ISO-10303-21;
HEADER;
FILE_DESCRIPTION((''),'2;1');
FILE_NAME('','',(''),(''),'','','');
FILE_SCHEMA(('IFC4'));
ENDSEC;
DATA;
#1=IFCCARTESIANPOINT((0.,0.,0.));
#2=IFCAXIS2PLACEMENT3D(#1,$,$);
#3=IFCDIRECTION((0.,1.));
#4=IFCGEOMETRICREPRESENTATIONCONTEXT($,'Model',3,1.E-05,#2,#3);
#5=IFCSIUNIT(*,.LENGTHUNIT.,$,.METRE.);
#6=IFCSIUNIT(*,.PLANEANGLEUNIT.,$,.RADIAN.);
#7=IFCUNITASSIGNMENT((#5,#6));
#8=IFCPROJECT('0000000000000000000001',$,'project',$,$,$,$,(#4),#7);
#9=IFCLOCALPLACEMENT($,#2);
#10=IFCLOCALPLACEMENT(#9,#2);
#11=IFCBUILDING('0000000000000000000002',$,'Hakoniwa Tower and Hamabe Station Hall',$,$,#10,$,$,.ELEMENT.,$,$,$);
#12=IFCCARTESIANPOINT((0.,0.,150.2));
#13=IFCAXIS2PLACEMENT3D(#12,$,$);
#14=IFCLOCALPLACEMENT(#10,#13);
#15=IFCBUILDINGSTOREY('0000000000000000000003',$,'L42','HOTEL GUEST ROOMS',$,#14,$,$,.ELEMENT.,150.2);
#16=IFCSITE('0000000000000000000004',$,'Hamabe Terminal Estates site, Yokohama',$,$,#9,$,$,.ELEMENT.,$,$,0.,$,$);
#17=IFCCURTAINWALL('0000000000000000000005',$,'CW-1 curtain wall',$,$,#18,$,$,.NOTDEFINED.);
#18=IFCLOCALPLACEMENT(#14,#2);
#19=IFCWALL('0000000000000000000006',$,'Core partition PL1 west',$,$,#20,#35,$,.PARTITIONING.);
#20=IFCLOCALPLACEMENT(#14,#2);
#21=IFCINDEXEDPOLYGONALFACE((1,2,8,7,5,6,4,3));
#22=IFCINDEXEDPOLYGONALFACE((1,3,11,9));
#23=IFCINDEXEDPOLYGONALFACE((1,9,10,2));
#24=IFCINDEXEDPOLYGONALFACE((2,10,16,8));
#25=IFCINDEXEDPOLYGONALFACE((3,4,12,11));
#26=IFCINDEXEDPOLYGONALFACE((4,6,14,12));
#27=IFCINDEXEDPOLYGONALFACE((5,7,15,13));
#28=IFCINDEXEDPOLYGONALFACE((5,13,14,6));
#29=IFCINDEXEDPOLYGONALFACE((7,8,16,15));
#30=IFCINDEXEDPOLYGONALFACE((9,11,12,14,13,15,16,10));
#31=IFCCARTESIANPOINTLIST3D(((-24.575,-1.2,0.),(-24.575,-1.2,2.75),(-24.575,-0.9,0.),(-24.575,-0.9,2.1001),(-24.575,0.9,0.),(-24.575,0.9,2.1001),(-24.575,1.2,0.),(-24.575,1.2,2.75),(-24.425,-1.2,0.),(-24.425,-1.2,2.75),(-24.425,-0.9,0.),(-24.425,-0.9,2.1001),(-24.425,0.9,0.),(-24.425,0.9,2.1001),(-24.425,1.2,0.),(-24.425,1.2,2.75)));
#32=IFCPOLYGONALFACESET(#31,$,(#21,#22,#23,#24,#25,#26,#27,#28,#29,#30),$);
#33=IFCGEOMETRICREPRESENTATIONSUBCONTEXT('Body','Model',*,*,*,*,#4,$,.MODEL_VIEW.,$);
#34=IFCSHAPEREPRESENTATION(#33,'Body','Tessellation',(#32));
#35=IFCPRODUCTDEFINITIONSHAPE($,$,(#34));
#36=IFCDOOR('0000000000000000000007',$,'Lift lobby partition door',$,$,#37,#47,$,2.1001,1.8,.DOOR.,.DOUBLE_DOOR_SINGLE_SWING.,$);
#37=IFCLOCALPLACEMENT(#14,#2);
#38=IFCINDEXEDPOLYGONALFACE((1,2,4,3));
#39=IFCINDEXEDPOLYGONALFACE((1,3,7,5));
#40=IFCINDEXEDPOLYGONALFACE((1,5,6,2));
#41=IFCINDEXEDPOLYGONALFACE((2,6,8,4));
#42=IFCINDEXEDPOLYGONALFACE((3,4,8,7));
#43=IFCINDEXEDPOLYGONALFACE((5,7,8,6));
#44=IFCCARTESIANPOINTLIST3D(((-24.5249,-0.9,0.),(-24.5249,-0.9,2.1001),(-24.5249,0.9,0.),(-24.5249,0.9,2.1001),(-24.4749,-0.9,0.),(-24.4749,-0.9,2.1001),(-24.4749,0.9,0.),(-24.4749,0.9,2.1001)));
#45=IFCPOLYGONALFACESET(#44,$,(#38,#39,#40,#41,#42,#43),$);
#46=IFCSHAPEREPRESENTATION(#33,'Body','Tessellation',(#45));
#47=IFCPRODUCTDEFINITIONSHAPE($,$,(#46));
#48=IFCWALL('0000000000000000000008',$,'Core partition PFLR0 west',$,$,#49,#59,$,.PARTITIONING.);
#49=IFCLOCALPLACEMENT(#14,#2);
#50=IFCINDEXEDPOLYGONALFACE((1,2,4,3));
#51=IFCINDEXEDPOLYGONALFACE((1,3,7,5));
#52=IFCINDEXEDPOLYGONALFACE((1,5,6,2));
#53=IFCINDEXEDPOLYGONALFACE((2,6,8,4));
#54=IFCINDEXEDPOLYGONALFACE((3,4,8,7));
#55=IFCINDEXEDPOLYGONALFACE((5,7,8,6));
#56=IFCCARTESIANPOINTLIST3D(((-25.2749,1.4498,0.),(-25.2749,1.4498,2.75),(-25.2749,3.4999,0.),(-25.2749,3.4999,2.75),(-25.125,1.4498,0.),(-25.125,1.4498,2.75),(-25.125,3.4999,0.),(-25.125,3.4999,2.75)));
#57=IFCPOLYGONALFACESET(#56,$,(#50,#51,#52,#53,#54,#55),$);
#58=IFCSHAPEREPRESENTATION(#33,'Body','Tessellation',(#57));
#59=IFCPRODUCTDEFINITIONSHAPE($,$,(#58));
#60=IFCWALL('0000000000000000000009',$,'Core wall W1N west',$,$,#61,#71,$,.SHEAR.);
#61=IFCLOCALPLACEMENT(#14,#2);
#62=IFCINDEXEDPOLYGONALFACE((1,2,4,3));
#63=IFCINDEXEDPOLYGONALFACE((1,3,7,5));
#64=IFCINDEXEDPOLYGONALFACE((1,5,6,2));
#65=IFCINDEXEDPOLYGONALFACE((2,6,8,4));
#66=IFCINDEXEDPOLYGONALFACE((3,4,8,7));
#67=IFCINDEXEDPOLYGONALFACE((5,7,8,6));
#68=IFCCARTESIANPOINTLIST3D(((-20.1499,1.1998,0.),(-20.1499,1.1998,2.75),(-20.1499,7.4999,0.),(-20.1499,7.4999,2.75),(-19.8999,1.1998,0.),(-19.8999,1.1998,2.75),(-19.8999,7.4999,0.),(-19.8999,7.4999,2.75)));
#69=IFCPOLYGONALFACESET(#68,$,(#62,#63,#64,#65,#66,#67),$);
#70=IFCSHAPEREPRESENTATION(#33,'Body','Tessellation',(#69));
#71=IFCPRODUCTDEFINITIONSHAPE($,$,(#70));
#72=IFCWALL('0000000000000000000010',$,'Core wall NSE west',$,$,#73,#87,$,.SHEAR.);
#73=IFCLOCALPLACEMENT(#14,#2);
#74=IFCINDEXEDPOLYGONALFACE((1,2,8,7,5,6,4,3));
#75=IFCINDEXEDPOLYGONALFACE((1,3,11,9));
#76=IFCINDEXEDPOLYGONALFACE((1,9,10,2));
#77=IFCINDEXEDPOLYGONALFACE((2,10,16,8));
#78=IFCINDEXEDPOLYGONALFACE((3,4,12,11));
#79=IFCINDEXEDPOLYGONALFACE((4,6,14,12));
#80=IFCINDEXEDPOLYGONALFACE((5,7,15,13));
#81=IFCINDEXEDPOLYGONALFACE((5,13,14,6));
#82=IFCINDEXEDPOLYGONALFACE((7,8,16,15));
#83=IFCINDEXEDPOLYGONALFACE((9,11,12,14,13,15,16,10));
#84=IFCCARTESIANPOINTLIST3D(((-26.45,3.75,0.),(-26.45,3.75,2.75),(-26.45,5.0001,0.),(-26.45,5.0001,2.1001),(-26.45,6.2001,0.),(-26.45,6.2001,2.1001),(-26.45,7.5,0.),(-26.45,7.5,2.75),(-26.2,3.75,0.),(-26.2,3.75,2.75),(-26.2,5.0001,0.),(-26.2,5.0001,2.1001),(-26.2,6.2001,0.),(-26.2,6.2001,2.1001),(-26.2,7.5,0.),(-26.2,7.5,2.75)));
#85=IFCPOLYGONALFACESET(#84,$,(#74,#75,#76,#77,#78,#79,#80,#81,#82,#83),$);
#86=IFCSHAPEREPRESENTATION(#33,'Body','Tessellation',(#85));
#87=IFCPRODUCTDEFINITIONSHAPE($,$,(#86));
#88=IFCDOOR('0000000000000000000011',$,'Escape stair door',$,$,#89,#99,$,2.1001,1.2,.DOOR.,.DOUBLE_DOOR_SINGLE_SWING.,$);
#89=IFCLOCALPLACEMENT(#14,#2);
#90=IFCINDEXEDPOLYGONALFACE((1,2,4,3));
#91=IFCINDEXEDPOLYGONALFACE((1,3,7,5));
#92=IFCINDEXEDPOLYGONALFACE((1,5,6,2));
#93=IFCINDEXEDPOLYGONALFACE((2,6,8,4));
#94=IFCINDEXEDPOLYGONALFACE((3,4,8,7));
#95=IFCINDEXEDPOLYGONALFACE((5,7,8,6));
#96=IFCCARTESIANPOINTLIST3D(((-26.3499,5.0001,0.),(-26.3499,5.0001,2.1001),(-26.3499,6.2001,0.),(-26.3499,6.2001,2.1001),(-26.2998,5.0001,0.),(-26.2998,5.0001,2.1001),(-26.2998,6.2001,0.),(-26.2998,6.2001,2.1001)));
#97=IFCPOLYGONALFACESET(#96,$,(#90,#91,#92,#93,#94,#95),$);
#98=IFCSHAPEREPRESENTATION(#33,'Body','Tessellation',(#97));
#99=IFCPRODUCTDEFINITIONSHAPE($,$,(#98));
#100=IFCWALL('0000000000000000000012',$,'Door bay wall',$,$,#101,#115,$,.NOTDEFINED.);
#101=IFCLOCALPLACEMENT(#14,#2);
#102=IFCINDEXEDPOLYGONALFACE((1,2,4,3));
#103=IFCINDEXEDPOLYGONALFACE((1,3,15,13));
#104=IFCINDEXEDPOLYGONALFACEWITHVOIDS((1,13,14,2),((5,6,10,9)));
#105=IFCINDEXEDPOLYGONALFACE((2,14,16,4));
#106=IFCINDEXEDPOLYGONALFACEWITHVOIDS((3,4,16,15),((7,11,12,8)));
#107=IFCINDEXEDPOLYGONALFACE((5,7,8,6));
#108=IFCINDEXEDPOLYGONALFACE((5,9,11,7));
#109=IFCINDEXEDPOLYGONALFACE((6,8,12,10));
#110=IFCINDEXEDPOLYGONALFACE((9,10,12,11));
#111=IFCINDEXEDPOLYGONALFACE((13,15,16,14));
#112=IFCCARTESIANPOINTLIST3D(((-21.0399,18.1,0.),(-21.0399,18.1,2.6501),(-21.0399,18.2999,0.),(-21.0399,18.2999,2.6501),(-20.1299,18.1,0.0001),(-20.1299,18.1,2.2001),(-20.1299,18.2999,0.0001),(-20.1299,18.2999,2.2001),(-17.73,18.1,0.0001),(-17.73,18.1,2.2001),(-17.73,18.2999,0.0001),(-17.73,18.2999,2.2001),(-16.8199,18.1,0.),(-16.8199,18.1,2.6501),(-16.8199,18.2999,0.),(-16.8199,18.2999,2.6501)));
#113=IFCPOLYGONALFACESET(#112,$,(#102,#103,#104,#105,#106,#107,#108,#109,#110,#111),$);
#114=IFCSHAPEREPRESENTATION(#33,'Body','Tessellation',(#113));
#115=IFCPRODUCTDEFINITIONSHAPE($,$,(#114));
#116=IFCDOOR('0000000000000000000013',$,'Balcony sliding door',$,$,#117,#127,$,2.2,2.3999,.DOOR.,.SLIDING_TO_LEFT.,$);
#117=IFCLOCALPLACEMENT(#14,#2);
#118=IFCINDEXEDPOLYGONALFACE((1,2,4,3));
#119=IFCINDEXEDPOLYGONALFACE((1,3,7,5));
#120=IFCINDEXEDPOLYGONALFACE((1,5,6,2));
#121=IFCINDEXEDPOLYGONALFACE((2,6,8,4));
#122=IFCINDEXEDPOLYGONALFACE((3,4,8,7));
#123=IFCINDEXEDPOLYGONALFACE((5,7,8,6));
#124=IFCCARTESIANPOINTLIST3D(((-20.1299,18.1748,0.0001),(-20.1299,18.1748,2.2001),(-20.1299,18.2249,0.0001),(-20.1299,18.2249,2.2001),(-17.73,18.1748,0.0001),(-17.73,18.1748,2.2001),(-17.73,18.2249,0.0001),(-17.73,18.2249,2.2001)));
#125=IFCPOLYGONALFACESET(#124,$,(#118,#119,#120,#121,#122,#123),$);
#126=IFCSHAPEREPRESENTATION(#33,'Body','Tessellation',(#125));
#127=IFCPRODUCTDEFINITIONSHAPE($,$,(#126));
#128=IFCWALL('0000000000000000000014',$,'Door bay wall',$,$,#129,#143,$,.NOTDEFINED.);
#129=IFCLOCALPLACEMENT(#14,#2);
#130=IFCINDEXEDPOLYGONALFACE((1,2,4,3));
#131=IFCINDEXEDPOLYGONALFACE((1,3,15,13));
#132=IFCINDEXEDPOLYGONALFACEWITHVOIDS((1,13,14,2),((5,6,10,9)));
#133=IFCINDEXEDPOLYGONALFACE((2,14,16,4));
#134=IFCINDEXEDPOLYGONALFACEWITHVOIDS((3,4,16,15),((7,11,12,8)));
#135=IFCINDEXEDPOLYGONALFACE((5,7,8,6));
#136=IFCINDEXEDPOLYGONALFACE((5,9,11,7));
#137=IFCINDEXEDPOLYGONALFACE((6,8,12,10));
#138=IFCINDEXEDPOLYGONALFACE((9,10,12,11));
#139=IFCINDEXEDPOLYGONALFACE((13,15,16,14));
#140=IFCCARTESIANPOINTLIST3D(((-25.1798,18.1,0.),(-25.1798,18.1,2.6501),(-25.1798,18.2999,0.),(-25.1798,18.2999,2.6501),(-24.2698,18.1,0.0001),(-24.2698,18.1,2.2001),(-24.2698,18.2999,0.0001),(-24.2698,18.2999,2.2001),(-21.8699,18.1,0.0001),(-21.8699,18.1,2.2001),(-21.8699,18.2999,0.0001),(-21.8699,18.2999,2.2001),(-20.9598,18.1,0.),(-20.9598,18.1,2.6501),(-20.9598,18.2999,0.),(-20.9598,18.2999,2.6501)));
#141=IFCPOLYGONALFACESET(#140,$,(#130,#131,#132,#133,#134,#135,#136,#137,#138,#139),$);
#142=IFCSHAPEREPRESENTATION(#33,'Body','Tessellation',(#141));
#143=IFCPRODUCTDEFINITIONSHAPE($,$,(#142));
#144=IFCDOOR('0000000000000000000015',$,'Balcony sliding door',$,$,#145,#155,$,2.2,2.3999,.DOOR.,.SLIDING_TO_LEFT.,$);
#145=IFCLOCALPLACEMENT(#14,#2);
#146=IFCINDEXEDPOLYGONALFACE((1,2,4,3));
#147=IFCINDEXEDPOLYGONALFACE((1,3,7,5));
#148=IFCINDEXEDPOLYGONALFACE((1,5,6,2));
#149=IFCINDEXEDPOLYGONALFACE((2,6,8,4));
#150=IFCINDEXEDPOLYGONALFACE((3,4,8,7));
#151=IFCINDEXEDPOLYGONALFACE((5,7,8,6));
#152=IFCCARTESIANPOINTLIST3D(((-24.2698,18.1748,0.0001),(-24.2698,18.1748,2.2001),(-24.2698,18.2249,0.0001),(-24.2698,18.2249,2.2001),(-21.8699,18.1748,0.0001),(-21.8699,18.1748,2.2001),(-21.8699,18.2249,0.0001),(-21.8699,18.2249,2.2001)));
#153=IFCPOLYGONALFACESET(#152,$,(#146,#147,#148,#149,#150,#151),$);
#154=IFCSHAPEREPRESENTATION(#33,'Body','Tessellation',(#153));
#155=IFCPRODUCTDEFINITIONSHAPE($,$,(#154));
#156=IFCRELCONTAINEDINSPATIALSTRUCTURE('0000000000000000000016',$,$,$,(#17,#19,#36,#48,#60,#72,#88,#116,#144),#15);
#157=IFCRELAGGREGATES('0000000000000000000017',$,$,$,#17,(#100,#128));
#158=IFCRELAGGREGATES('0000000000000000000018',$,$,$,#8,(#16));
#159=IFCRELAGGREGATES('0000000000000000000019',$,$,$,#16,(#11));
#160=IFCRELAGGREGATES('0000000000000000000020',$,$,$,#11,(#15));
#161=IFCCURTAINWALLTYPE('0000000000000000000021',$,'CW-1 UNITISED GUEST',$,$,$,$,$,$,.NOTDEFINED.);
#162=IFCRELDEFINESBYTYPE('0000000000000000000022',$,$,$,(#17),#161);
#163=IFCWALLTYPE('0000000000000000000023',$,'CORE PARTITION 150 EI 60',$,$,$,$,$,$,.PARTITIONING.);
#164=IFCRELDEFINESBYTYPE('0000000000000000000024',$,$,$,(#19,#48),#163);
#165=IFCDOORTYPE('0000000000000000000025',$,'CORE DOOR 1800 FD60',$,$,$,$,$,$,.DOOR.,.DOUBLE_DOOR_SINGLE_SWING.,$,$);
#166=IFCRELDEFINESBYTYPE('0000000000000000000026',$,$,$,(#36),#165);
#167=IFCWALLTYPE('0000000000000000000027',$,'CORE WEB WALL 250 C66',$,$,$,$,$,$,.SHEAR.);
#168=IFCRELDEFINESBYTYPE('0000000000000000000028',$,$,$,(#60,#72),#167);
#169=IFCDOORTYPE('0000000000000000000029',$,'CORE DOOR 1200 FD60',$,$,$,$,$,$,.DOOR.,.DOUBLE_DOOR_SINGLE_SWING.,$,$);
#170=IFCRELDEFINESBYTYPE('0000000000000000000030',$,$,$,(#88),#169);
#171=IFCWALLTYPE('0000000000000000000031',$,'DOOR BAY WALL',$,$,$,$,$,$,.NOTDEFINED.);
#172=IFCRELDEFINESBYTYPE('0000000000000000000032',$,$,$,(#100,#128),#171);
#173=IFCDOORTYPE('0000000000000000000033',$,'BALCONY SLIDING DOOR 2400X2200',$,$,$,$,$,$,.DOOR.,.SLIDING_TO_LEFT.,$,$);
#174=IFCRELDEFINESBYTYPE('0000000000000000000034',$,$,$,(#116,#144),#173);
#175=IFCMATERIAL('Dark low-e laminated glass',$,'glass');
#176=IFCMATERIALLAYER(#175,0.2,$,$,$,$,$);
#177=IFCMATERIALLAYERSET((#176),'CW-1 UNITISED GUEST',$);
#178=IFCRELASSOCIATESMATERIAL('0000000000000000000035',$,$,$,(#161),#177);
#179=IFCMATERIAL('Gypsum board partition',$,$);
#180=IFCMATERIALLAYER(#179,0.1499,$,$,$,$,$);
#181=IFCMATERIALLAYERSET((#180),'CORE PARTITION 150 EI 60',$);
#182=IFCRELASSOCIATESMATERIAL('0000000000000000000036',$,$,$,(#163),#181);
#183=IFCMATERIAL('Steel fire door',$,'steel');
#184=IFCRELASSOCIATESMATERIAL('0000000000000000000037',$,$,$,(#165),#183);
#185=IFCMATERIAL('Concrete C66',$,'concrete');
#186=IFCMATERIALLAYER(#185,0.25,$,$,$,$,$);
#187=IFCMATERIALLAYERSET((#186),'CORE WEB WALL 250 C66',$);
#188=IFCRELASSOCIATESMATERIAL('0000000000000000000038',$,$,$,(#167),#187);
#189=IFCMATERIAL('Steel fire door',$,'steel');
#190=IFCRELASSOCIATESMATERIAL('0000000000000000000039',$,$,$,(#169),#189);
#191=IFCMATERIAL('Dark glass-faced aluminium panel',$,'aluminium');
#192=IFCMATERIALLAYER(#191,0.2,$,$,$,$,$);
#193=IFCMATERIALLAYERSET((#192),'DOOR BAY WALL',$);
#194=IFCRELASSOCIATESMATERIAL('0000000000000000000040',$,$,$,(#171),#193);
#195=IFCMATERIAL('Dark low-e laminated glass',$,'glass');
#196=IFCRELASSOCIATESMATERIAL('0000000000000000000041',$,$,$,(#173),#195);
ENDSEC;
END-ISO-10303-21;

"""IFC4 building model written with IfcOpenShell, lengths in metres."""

from ifc_helpers import new_model, si_unit, direction, frame, frame_2d, origin, place, context, subcontext, project, spatial, rectangle, extrude, material, layer, layer_set, type_object, element, fill, aggregate, save


model = new_model("IFC4")

# Units and contexts
model_context = context("Model", 3, precision=1e-05, world=origin(), true_north=direction((0.0, 1.0)))
body_context = subcontext(model_context, "Body", "Model", "MODEL_VIEW")
ifc_project = project(units=[si_unit("LENGTHUNIT", "METRE"), si_unit("PLANEANGLEUNIT", "RADIAN")], contexts=[model_context])

# Site, building, storey
site_placement = place(None, origin())
site = spatial("IfcSite", under=ifc_project, at=site_placement, Name="Hamabe Terminal Estates site, Yokohama", CompositionType="ELEMENT", RefElevation=0.0)
building_placement = place(site_placement, origin())
building = spatial("IfcBuilding", under=site, at=building_placement, Name="Hakoniwa Tower and Hamabe Station Hall", CompositionType="ELEMENT")
storey_placement = place(building_placement, frame((0.0, 0.0, 150.2)))
storey = spatial("IfcBuildingStorey", under=building, at=storey_placement, Name="L42", Description="HOTEL GUEST ROOMS", CompositionType="ELEMENT", Elevation=150.2)

# Curtain wall
ifc_material_1 = material(Name="Dark low-e laminated glass", Category="glass")
ifc_layer_1 = layer(ifc_material_1, 0.2)
ifc_layer_set_1 = layer_set([ifc_layer_1], Name="CW-1 UNITISED GUEST")
curtain_wall_type = type_object("IfcCurtainWallType", Name="CW-1 UNITISED GUEST", PredefinedType="NOTDEFINED", material=ifc_layer_set_1)
curtain_wall_placement = place(storey_placement, origin())
curtain_wall = element("IfcCurtainWall", 1, at=curtain_wall_placement, inside=storey, type_object=curtain_wall_type, Name="CW-1 curtain wall", PredefinedType="NOTDEFINED")

# Wall, opening, door
ifc_material_2 = material(Name="Gypsum board partition")
ifc_layer_2 = layer(ifc_material_2, 0.1499)
ifc_layer_set_2 = layer_set([ifc_layer_2], Name="CORE PARTITION 150 EI 60")
wall_type_1 = type_object("IfcWallType", Name="CORE PARTITION 150 EI 60", PredefinedType="PARTITIONING", material=ifc_layer_set_2)
ifc_material_3 = material(Name="Steel fire door", Category="steel")
door_type_1 = type_object("IfcDoorType", Name="CORE DOOR 1800 FD60", OperationType="DOUBLE_DOOR_SINGLE_SWING", PredefinedType="DOOR", material=ifc_material_3)
wall_1_placement = place(storey_placement, frame((-24.5, -1.2, 0.0), z_axis=(0.0, 0.0, 1.0), x_axis=(0.0, 1.0, 0.0)))
wall_1 = element("IfcWall", 2, at=wall_1_placement, inside=storey, type_object=wall_type_1, Name="Core partition PL1 west", PredefinedType="PARTITIONING", context=body_context, shape_type="SweptSolid", body=[
    extrude(rectangle(XDim=2.3999, YDim=0.1499, at=frame_2d((1.2, 0.0))), origin(), (0.0, 0.0, 1.0), 2.75),
])
opening_1_placement = place(wall_1_placement, frame((0.3, 0.0, 0.0)))
opening_1 = element("IfcOpeningElement", 3, at=opening_1_placement, cuts=wall_1, PredefinedType="OPENING", context=body_context, shape_type="SweptSolid", body=[
    extrude(rectangle(XDim=1.8, YDim=2.1001, at=frame_2d((0.8999, 1.05))), frame((0.0, 0.085, 0.0), z_axis=(0.0, -1.0, 0.0), x_axis=(1.0, 0.0, 0.0)), (0.0, 0.0, 1.0), 0.1699),
])
door_1_placement = place(opening_1_placement, origin())
door_1 = element("IfcDoor", 4, at=door_1_placement, inside=storey, type_object=door_type_1, Name="Lift lobby partition door", OperationType="DOUBLE_DOOR_SINGLE_SWING", OverallHeight=2.1001, OverallWidth=1.8, PredefinedType="DOOR", context=body_context, shape_type="SweptSolid", body=[
    extrude(rectangle(XDim=1.8, YDim=2.1001, at=frame_2d((0.8999, 1.05))), frame((0.0, 0.0249, 0.0), z_axis=(0.0, -1.0, 0.0), x_axis=(1.0, 0.0, 0.0)), (0.0, 0.0, 1.0), 0.05),
])
fill(opening_1, door_1)

# Walls
wall_2_placement = place(storey_placement, frame((-25.2, 1.45, 0.0), z_axis=(0.0, 0.0, 1.0), x_axis=(0.0, 1.0, 0.0)))
element("IfcWall", 5, at=wall_2_placement, inside=storey, type_object=wall_type_1, Name="Core partition PFLR0 west", PredefinedType="PARTITIONING", context=body_context, shape_type="SweptSolid", body=[
    extrude(rectangle(XDim=2.05, YDim=0.1499, at=frame_2d((1.0249, 0.0))), origin(), (0.0, 0.0, 1.0), 2.75),
])
ifc_material_4 = material(Name="Concrete C66", Category="concrete")
ifc_layer_3 = layer(ifc_material_4, 0.25)
ifc_layer_set_3 = layer_set([ifc_layer_3], Name="CORE WEB WALL 250 C66")
wall_type_2 = type_object("IfcWallType", Name="CORE WEB WALL 250 C66", PredefinedType="SHEAR", material=ifc_layer_set_3)
wall_3_placement = place(storey_placement, frame((-20.0249, 1.2, 0.0), z_axis=(0.0, 0.0, 1.0), x_axis=(0.0, 1.0, 0.0)))
element("IfcWall", 6, at=wall_3_placement, inside=storey, type_object=wall_type_2, Name="Core wall W1N west", PredefinedType="SHEAR", context=body_context, shape_type="SweptSolid", body=[
    extrude(rectangle(XDim=6.3, YDim=0.25, at=frame_2d((3.1499, 0.0))), origin(), (0.0, 0.0, 1.0), 2.75),
])

# Walls, openings, doors
wall_4_placement = place(storey_placement, frame((-26.325, 3.75, 0.0), z_axis=(0.0, 0.0, 1.0), x_axis=(0.0, 1.0, 0.0)))
wall_4 = element("IfcWall", 7, at=wall_4_placement, inside=storey, type_object=wall_type_2, Name="Core wall NSE west", PredefinedType="SHEAR", context=body_context, shape_type="SweptSolid", body=[
    extrude(rectangle(XDim=3.75, YDim=0.25, at=frame_2d((1.875, 0.0))), origin(), (0.0, 0.0, 1.0), 2.75),
])
opening_2_placement = place(wall_4_placement, frame((1.25, 0.0, 0.0)))
opening_2 = element("IfcOpeningElement", 8, at=opening_2_placement, cuts=wall_4, PredefinedType="OPENING", context=body_context, shape_type="SweptSolid", body=[
    extrude(rectangle(XDim=1.2, YDim=2.1001, at=frame_2d((0.6001, 1.05))), frame((0.0, 0.135, 0.0), z_axis=(0.0, -1.0, 0.0), x_axis=(1.0, 0.0, 0.0)), (0.0, 0.0, 1.0), 0.27),
])
ifc_material_5 = material(Name="Steel fire door", Category="steel")
door_type_2 = type_object("IfcDoorType", Name="CORE DOOR 1200 FD60", OperationType="DOUBLE_DOOR_SINGLE_SWING", PredefinedType="DOOR", material=ifc_material_5)
door_2_placement = place(opening_2_placement, origin())
door_2 = element("IfcDoor", 9, at=door_2_placement, inside=storey, type_object=door_type_2, Name="Escape stair door", OperationType="DOUBLE_DOOR_SINGLE_SWING", OverallHeight=2.1001, OverallWidth=1.2, PredefinedType="DOOR", context=body_context, shape_type="SweptSolid", body=[
    extrude(rectangle(XDim=1.2, YDim=2.1001, at=frame_2d((0.6001, 1.05))), frame((0.0, 0.0249, 0.0), z_axis=(0.0, -1.0, 0.0), x_axis=(1.0, 0.0, 0.0)), (0.0, 0.0, 1.0), 0.05),
])
fill(opening_2, door_2)
ifc_material_6 = material(Name="Dark glass-faced aluminium panel", Category="aluminium")
ifc_layer_4 = layer(ifc_material_6, 0.2)
ifc_layer_set_4 = layer_set([ifc_layer_4], Name="DOOR BAY WALL")
wall_type_3 = type_object("IfcWallType", Name="DOOR BAY WALL", PredefinedType="NOTDEFINED", material=ifc_layer_set_4)
wall_5_placement = place(storey_placement, frame((-16.8201, 18.2, 0.0), z_axis=(0.0, 0.0, 1.0), x_axis=(-1.0, 0.0, 0.0)))
wall_5 = element("IfcWall", 10, at=wall_5_placement, type_object=wall_type_3, Name="Door bay wall", PredefinedType="NOTDEFINED", context=body_context, shape_type="SweptSolid", body=[
    extrude(rectangle(XDim=4.22, YDim=0.2, at=frame_2d((2.1099, 0.0))), origin(), (0.0, 0.0, 1.0), 2.6501),
])
opening_3_placement = place(wall_5_placement, frame((0.9099, 0.0, 0.0)))
opening_3 = element("IfcOpeningElement", 11, at=opening_3_placement, cuts=wall_5, PredefinedType="OPENING", context=body_context, shape_type="SweptSolid", body=[
    extrude(rectangle(XDim=2.3999, YDim=2.2, at=frame_2d((1.2, 1.1001))), frame((0.0, 0.1099, 0.0), z_axis=(0.0, -1.0, 0.0), x_axis=(1.0, 0.0, 0.0)), (0.0, 0.0, 1.0), 0.22),
])
ifc_material_7 = material(Name="Dark low-e laminated glass", Category="glass")
door_type_3 = type_object("IfcDoorType", Name="BALCONY SLIDING DOOR 2400X2200", OperationType="SLIDING_TO_LEFT", PredefinedType="DOOR", material=ifc_material_7)
door_3_placement = place(opening_3_placement, frame((2.3999, 0.0, 0.0), z_axis=(0.0, 0.0, 1.0), x_axis=(-1.0, 0.0, 0.0)))
door_3 = element("IfcDoor", 12, at=door_3_placement, inside=storey, type_object=door_type_3, Name="Balcony sliding door", OperationType="SLIDING_TO_LEFT", OverallHeight=2.2, OverallWidth=2.3999, PredefinedType="DOOR", context=body_context, shape_type="SweptSolid", body=[
    extrude(rectangle(XDim=2.3999, YDim=2.2, at=frame_2d((1.2, 1.1001))), frame((0.0, 0.0249, 0.0), z_axis=(0.0, -1.0, 0.0), x_axis=(1.0, 0.0, 0.0)), (0.0, 0.0, 1.0), 0.05),
])
fill(opening_3, door_3)
wall_6_placement = place(storey_placement, frame((-20.96, 18.2, 0.0), z_axis=(0.0, 0.0, 1.0), x_axis=(-1.0, 0.0, 0.0)))
wall_6 = element("IfcWall", 13, at=wall_6_placement, type_object=wall_type_3, Name="Door bay wall", PredefinedType="NOTDEFINED", context=body_context, shape_type="SweptSolid", body=[
    extrude(rectangle(XDim=4.22, YDim=0.2, at=frame_2d((2.1099, 0.0))), origin(), (0.0, 0.0, 1.0), 2.6501),
])
opening_4_placement = place(wall_6_placement, frame((0.9099, 0.0, 0.0)))
opening_4 = element("IfcOpeningElement", 14, at=opening_4_placement, cuts=wall_6, PredefinedType="OPENING", context=body_context, shape_type="SweptSolid", body=[
    extrude(rectangle(XDim=2.3999, YDim=2.2, at=frame_2d((1.2, 1.1001))), frame((0.0, 0.1099, 0.0), z_axis=(0.0, -1.0, 0.0), x_axis=(1.0, 0.0, 0.0)), (0.0, 0.0, 1.0), 0.22),
])
door_4_placement = place(opening_4_placement, frame((2.3999, 0.0, 0.0), z_axis=(0.0, 0.0, 1.0), x_axis=(-1.0, 0.0, 0.0)))
door_4 = element("IfcDoor", 15, at=door_4_placement, inside=storey, type_object=door_type_3, Name="Balcony sliding door", OperationType="SLIDING_TO_LEFT", OverallHeight=2.2, OverallWidth=2.3999, PredefinedType="DOOR", context=body_context, shape_type="SweptSolid", body=[
    extrude(rectangle(XDim=2.3999, YDim=2.2, at=frame_2d((1.2, 1.1001))), frame((0.0, 0.0249, 0.0), z_axis=(0.0, -1.0, 0.0), x_axis=(1.0, 0.0, 0.0)), (0.0, 0.0, 1.0), 0.05),
])
fill(opening_4, door_4)
aggregate(curtain_wall, [wall_5, wall_6])

save(model, "model.ifc")
